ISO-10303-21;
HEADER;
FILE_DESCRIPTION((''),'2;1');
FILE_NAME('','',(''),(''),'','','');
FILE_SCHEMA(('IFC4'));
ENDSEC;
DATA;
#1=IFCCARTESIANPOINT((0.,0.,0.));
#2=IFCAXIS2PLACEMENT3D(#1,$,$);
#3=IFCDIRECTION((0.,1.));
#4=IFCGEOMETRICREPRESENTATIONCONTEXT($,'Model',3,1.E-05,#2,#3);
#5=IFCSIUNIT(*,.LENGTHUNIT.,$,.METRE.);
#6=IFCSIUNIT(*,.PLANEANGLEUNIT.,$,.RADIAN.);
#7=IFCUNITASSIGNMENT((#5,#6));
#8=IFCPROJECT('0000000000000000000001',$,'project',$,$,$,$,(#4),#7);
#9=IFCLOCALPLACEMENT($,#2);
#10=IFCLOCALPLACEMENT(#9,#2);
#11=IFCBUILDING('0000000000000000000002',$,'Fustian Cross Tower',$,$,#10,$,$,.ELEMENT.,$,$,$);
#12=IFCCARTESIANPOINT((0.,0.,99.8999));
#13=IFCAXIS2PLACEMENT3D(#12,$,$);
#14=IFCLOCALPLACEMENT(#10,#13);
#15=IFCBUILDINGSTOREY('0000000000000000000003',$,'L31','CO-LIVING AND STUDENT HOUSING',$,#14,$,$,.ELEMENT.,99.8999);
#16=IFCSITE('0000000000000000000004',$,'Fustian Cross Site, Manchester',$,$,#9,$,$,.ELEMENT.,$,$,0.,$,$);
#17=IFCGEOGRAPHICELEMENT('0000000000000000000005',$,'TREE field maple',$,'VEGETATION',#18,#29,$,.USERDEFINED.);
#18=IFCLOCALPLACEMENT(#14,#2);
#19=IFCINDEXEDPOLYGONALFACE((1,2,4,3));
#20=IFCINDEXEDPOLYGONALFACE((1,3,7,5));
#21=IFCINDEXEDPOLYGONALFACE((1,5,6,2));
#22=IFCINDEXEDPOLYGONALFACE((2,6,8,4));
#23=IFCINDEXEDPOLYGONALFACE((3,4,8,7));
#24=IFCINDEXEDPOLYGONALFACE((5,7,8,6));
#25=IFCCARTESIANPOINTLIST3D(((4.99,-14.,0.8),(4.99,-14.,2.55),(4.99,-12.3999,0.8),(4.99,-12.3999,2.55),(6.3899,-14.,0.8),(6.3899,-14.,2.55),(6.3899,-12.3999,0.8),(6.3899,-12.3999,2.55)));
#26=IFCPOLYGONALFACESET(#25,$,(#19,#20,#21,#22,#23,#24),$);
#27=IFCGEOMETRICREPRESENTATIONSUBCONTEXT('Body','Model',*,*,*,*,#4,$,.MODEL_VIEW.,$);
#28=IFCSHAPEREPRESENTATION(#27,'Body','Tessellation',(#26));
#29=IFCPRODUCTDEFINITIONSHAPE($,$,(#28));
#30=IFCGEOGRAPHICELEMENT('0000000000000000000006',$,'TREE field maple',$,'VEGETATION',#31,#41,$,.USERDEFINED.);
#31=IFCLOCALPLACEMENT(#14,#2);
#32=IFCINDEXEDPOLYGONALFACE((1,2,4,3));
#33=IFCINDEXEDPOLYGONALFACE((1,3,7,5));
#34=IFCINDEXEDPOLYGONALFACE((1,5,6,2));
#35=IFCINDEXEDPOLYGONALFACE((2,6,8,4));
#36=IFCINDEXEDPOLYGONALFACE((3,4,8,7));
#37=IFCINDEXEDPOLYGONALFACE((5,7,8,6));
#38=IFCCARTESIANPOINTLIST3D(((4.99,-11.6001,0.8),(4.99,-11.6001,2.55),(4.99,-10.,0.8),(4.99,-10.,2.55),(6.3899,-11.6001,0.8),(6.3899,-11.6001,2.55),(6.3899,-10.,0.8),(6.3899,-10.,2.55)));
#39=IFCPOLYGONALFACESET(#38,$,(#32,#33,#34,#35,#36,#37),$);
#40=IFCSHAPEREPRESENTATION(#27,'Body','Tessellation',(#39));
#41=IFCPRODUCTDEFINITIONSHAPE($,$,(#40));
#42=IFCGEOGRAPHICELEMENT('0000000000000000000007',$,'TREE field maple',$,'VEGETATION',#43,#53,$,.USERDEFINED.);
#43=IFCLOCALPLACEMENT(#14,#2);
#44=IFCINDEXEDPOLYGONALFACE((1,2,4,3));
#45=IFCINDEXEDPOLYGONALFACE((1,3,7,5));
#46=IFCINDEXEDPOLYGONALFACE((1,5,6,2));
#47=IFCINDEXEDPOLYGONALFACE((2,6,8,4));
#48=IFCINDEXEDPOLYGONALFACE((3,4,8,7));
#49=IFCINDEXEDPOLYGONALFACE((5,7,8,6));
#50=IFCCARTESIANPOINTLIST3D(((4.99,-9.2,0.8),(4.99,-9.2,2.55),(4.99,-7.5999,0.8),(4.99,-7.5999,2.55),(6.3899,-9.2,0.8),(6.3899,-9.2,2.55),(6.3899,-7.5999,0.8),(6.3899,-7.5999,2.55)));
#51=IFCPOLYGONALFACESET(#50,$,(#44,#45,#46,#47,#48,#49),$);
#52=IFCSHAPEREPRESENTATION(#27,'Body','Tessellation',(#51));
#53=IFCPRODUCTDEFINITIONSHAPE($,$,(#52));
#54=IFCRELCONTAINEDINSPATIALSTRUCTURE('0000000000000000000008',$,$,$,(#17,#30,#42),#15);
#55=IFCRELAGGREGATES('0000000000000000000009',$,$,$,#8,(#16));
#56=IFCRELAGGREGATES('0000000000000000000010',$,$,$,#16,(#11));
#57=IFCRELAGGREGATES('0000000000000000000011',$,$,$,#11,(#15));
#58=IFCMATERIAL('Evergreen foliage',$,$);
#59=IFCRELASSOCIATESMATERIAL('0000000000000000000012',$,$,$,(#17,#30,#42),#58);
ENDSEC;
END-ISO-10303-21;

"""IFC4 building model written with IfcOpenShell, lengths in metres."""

from ifc_helpers import new_model, si_unit, direction, frame, origin, origin_2d, place, context, subcontext, project, spatial, rectangle, extrude, material, element, save


model = new_model("IFC4")

# Units and contexts
model_context = context("Model", 3, precision=1e-05, world=origin(), true_north=direction((0.0, 1.0)))
body_context = subcontext(model_context, "Body", "Model", "MODEL_VIEW")
ifc_project = project(units=[si_unit("LENGTHUNIT", "METRE"), si_unit("PLANEANGLEUNIT", "RADIAN")], contexts=[model_context])

# Site, building, storey
site_placement = place(None, origin())
site = spatial("IfcSite", under=ifc_project, at=site_placement, Name="Fustian Cross Site, Manchester", CompositionType="ELEMENT", RefElevation=0.0)
building_placement = place(site_placement, origin())
building = spatial("IfcBuilding", under=site, at=building_placement, Name="Fustian Cross Tower", CompositionType="ELEMENT")
storey_placement = place(building_placement, frame((0.0, 0.0, 99.8999)))
storey = spatial("IfcBuildingStorey", under=building, at=storey_placement, Name="L31", Description="CO-LIVING AND STUDENT HOUSING", CompositionType="ELEMENT", Elevation=99.8999)

# Geographic elements
ifc_material_1 = material(Name="Evergreen foliage")
for number, where, z_axis, x_axis, name in (
    (1, (5.6899, -13.2, 0.8), (0.0, 0.0, 1.0), (1.0, 0.0, 0.0), "TREE field maple"),
    (2, (5.6899, -10.8, 0.8), (0.0, 0.0, 1.0), (1.0, 0.0, 0.0), "TREE field maple"),
    (3, (5.6899, -8.3999, 0.8), (0.0, 0.0, 1.0), (1.0, 0.0, 0.0), "TREE field maple"),
):
    element("IfcGeographicElement", number, at=place(storey_placement, frame(where, z_axis=z_axis, x_axis=x_axis)), inside=storey, material=ifc_material_1, Name=name, ObjectType="VEGETATION", PredefinedType="USERDEFINED", context=body_context, shape_type="SweptSolid", body=[
        extrude(rectangle(XDim=1.3999, YDim=1.6001, at=origin_2d()), origin(), (0.0, 0.0, 1.0), 1.75),
    ])

save(model, "model.ifc")
